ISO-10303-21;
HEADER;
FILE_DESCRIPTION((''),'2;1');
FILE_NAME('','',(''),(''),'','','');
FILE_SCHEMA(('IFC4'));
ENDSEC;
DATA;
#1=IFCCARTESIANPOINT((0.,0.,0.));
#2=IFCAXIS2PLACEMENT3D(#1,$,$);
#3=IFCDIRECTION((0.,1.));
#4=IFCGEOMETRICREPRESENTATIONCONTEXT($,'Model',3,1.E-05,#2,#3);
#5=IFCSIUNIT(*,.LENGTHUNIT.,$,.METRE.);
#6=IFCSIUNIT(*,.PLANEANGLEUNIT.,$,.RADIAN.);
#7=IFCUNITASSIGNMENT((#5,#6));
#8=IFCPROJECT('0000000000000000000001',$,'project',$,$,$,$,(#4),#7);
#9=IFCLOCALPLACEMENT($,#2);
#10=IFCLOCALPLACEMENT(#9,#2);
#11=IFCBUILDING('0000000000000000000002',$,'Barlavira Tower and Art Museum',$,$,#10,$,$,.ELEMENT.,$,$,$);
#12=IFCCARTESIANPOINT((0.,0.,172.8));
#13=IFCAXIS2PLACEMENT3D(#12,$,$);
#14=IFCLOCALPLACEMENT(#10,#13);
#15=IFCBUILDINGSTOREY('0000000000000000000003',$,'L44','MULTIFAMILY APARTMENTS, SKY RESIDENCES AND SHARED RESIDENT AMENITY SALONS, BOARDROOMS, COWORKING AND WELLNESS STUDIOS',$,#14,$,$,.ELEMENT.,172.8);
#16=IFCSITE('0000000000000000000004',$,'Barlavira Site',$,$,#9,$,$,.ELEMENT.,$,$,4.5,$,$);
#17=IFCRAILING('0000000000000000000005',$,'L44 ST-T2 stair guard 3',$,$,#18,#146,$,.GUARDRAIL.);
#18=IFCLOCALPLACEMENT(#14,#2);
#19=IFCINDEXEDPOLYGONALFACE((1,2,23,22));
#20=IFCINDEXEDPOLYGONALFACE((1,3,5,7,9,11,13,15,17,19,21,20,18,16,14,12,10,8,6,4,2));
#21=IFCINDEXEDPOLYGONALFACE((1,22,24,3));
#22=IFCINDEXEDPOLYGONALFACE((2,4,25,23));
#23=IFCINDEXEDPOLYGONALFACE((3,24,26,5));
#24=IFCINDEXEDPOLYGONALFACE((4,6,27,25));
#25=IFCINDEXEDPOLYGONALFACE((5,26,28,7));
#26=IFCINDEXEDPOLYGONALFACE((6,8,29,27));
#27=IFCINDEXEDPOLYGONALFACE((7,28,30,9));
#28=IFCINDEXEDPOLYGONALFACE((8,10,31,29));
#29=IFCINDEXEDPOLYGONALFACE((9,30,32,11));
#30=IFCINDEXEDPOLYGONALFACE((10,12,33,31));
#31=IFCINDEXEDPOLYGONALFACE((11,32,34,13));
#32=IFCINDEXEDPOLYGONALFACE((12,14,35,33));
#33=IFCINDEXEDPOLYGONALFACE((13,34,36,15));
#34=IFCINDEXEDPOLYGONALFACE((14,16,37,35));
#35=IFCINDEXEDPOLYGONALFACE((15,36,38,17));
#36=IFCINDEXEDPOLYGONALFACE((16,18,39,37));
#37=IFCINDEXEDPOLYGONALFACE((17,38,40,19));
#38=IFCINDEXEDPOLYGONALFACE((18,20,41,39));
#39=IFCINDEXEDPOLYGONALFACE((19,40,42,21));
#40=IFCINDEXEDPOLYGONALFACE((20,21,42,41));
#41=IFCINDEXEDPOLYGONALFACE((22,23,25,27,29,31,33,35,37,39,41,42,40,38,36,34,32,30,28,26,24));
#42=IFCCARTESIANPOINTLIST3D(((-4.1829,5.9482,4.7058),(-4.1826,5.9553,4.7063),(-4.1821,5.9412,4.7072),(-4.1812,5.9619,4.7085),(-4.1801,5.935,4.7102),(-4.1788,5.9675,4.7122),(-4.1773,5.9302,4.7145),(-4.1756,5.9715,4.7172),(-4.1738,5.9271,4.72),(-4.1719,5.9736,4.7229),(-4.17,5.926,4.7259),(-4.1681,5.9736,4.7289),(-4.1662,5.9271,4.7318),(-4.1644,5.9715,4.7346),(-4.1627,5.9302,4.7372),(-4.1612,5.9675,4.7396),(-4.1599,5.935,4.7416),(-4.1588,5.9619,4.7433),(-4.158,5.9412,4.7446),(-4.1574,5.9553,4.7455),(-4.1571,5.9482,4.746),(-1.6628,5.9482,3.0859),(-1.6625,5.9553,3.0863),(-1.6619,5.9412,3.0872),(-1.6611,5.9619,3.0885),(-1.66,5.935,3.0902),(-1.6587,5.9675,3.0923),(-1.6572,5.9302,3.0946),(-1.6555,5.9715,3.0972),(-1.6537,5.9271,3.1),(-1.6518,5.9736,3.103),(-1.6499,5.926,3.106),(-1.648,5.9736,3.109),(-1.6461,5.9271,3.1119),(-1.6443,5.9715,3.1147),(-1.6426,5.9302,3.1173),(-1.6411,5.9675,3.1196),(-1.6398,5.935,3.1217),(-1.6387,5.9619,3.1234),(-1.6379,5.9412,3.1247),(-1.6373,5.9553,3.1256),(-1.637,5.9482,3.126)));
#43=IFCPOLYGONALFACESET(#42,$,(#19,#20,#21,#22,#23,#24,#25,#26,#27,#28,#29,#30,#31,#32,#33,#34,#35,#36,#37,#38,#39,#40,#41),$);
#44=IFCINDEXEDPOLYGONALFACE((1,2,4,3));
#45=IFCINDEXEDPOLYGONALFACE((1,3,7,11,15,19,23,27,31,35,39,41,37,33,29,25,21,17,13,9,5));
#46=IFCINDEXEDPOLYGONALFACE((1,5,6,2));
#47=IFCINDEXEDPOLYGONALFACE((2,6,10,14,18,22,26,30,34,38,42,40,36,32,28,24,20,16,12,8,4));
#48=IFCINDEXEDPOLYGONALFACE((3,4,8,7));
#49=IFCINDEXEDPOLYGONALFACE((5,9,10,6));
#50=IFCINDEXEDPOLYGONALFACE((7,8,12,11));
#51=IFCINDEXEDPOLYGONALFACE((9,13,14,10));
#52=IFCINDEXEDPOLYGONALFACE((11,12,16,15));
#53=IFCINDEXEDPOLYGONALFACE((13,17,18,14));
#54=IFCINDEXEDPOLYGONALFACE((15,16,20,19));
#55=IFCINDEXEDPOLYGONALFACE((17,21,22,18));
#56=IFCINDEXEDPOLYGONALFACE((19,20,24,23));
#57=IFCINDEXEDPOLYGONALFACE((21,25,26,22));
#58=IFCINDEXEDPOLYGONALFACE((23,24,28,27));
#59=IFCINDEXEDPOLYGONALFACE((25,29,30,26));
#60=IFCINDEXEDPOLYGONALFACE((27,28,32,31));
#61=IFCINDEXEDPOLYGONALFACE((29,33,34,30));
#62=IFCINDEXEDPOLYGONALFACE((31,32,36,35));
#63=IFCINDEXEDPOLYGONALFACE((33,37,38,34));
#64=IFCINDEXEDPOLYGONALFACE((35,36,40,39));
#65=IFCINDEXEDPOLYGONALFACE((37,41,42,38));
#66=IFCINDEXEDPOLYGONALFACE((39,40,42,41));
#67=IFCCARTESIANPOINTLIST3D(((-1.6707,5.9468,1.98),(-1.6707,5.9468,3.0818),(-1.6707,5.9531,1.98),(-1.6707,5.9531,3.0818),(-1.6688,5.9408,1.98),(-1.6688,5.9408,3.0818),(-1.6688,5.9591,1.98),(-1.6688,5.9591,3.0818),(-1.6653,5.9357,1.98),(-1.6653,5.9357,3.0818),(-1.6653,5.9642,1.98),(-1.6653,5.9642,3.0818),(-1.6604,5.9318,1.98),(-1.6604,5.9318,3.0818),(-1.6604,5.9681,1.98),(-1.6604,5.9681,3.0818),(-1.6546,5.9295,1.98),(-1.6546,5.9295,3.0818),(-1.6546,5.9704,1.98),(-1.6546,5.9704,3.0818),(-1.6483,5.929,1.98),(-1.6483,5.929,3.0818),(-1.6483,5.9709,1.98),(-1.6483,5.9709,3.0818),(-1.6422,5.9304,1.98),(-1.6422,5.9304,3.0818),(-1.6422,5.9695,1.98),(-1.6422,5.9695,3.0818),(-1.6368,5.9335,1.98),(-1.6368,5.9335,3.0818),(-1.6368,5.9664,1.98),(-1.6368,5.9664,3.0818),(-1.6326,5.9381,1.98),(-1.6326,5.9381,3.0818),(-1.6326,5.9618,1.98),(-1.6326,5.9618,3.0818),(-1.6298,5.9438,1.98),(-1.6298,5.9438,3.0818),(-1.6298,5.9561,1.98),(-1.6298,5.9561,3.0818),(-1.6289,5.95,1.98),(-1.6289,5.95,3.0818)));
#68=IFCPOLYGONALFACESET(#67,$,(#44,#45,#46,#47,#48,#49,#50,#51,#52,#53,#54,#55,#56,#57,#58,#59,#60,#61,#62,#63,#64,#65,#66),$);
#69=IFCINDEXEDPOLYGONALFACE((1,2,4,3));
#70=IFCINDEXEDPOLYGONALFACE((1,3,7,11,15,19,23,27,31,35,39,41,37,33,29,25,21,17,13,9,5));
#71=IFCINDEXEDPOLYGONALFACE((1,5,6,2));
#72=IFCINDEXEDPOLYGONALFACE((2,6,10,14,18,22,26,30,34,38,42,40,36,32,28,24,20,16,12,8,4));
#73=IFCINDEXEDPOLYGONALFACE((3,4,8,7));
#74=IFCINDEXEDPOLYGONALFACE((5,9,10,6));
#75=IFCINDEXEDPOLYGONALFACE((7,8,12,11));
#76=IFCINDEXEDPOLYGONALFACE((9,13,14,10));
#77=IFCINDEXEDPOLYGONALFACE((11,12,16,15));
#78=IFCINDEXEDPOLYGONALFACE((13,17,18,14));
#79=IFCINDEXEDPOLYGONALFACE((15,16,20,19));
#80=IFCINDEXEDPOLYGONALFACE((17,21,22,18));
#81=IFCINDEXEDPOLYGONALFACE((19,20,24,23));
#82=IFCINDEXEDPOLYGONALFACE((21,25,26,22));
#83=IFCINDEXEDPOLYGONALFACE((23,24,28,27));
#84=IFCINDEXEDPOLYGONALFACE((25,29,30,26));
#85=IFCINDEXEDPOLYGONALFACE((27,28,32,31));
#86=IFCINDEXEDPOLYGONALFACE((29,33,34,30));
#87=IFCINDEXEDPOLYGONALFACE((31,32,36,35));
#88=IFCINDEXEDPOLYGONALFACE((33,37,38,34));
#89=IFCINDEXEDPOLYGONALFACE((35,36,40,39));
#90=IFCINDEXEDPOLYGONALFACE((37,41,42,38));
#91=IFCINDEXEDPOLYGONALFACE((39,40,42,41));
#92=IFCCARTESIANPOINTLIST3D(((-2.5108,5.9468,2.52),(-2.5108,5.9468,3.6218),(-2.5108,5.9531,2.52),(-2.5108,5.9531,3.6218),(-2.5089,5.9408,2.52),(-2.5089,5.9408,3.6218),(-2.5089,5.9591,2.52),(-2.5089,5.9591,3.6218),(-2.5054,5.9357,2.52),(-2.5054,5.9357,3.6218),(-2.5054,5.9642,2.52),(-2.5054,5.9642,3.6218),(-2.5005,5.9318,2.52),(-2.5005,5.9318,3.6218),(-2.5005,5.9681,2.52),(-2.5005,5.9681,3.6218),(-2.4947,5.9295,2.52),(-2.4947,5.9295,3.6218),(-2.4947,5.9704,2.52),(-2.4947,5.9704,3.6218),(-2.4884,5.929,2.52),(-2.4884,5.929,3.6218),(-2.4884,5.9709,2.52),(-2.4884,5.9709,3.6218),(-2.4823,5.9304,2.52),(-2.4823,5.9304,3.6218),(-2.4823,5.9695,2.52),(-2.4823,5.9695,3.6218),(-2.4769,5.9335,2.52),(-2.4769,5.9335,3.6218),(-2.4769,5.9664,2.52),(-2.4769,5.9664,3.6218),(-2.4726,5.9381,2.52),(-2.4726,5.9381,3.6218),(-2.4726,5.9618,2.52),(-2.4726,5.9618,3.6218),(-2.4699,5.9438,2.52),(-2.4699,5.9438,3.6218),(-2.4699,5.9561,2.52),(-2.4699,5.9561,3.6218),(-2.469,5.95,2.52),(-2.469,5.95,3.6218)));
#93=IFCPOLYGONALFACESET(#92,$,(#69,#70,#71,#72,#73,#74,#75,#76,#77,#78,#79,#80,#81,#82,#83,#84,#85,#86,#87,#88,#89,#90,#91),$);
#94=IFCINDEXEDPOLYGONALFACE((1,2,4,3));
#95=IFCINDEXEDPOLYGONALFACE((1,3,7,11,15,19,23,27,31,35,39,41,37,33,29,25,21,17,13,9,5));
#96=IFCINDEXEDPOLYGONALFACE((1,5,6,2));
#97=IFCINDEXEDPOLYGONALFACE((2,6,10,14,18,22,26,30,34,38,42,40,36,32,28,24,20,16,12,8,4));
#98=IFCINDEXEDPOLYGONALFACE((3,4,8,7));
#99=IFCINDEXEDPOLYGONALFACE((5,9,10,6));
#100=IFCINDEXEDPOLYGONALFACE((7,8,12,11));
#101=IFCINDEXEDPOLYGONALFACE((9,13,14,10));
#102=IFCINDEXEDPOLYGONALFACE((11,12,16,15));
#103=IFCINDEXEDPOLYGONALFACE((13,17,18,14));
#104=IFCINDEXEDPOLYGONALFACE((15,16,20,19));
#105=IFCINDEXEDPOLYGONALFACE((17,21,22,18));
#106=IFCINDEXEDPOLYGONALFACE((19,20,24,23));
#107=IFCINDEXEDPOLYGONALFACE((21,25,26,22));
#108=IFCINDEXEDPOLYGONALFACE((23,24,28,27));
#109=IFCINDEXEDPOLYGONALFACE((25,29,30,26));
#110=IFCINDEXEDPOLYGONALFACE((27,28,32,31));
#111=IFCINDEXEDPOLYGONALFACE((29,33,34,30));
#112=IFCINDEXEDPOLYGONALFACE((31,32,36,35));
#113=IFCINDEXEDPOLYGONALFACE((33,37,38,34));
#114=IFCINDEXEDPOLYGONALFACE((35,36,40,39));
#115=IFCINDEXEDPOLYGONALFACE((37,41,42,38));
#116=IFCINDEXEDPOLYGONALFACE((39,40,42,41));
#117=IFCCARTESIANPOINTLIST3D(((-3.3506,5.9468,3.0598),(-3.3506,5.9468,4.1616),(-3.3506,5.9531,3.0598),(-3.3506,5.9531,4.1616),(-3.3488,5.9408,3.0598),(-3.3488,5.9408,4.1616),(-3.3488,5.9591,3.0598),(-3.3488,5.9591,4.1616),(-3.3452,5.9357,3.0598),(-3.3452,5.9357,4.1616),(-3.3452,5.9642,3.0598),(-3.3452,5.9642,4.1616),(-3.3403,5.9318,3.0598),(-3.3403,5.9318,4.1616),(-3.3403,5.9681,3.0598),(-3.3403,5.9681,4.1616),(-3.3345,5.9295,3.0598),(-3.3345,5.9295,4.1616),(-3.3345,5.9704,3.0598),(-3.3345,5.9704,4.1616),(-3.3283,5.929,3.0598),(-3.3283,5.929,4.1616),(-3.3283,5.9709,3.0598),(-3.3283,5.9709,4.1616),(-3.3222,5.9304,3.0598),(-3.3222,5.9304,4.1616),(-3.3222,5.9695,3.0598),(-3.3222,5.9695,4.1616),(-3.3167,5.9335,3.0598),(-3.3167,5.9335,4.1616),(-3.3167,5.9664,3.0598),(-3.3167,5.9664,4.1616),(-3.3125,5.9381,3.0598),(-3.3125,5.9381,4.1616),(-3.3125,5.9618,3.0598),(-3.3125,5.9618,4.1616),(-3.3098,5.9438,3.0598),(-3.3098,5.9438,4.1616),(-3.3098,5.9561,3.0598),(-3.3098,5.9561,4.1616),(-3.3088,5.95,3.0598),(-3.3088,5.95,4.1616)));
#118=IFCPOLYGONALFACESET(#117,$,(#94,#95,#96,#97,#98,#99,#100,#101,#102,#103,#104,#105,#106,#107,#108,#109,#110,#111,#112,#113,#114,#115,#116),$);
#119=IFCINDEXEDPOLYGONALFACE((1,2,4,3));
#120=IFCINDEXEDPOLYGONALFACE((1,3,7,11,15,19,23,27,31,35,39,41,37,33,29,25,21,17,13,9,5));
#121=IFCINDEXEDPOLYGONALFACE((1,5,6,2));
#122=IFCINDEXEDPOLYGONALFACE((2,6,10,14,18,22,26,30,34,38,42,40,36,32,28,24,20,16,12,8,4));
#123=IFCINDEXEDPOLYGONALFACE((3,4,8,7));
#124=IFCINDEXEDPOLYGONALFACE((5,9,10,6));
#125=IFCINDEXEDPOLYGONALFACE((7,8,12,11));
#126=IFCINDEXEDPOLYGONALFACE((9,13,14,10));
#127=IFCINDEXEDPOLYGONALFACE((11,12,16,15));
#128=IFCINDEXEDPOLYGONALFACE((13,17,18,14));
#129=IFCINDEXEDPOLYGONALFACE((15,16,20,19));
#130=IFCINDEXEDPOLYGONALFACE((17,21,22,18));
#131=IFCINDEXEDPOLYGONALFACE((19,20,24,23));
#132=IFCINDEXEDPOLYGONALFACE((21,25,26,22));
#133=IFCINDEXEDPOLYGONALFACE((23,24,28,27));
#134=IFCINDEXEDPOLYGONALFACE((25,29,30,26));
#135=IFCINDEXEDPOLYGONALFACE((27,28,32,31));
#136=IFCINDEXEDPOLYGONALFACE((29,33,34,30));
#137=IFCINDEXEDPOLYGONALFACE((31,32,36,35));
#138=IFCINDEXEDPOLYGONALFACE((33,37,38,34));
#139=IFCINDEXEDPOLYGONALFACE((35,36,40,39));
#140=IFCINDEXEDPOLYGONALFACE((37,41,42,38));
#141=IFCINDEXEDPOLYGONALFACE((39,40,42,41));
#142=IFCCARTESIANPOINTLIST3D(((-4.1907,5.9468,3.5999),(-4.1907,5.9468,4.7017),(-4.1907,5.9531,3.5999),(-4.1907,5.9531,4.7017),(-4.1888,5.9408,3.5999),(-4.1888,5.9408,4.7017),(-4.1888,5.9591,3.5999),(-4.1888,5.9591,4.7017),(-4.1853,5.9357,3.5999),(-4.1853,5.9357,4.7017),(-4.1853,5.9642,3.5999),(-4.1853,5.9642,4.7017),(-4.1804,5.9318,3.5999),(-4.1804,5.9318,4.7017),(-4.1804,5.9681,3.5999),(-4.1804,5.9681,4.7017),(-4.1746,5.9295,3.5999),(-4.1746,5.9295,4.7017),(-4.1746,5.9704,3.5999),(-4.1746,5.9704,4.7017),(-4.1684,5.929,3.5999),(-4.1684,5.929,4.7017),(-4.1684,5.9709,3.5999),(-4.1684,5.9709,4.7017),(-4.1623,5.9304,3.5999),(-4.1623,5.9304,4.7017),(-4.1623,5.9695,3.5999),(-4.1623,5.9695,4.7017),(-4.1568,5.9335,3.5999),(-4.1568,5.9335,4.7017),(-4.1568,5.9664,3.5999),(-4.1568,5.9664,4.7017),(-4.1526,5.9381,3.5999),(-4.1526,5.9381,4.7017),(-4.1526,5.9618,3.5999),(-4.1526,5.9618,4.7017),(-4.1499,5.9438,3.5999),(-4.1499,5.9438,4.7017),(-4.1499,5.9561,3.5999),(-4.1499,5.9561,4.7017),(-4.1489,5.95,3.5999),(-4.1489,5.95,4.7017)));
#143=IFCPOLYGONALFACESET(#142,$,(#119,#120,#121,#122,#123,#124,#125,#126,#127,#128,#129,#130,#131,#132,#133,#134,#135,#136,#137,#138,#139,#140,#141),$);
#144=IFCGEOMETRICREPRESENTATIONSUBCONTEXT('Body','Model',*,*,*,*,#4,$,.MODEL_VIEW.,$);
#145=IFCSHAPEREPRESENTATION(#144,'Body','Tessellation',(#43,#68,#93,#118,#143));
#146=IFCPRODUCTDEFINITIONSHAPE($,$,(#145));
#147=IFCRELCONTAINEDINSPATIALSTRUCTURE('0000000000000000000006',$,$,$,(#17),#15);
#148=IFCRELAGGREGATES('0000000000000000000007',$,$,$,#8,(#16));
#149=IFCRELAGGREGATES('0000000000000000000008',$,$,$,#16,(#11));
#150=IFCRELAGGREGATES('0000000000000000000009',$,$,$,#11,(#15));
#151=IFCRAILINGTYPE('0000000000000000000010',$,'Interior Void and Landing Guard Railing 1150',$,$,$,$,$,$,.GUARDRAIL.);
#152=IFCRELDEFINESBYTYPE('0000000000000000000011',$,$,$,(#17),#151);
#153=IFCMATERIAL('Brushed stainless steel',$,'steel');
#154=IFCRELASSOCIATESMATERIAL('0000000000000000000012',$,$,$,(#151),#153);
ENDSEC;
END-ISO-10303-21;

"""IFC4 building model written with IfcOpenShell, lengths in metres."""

from ifc_helpers import new_model, si_unit, direction, frame, origin, origin_2d, place, context, subcontext, project, spatial, circle, extrude, material, type_object, element, save


model = new_model("IFC4")

# Units and contexts
model_context = context("Model", 3, precision=1e-05, world=origin(), true_north=direction((0.0, 1.0)))
body_context = subcontext(model_context, "Body", "Model", "MODEL_VIEW")
ifc_project = project(units=[si_unit("LENGTHUNIT", "METRE"), si_unit("PLANEANGLEUNIT", "RADIAN")], contexts=[model_context])

# Site, building, storey
site_placement = place(None, origin())
site = spatial("IfcSite", under=ifc_project, at=site_placement, Name="Barlavira Site", CompositionType="ELEMENT", RefElevation=4.5)
building_placement = place(site_placement, origin())
building = spatial("IfcBuilding", under=site, at=building_placement, Name="Barlavira Tower and Art Museum", CompositionType="ELEMENT")
storey_placement = place(building_placement, frame((0.0, 0.0, 172.8)))
storey = spatial("IfcBuildingStorey", under=building, at=storey_placement, Name="L44", Description="MULTIFAMILY APARTMENTS, SKY RESIDENCES AND SHARED RESIDENT AMENITY SALONS, BOARDROOMS, COWORKING AND WELLNESS STUDIOS", CompositionType="ELEMENT", Elevation=172.8)

# Shared definitions
ifc_material_1 = material(Name="Brushed stainless steel", Category="steel")

# Railing
railing_type_1 = type_object("IfcRailingType", Name="Interior Void and Landing Guard Railing 1150", PredefinedType="GUARDRAIL", material=ifc_material_1)
railing_1_placement = place(storey_placement, frame((-1.6499, 5.95, 1.98)))
element("IfcRailing", 1, at=railing_1_placement, inside=storey, type_object=railing_type_1, Name="L44 ST-T2 stair guard 3", PredefinedType="GUARDRAIL", context=body_context, shape_type="SweptSolid", body=[
    extrude(circle(Radius=0.0239, at=origin_2d()), frame((0.0, 0.0, 1.126), z_axis=(-0.8412, 0.0, 0.540725), x_axis=(0.0, -1.0, 0.0)), (0.0, 0.0, 1.0), 2.9958),
    extrude(circle(Radius=0.021, at=origin_2d()), origin(), (0.0, 0.0, 1.0), 1.1018),
    extrude(circle(Radius=0.021, at=origin_2d()), frame((-0.8401, 0.0, 0.54)), (0.0, 0.0, 1.0), 1.1018),
    extrude(circle(Radius=0.021, at=origin_2d()), frame((-1.6799, 0.0, 1.0798)), (0.0, 0.0, 1.0), 1.1018),
    extrude(circle(Radius=0.021, at=origin_2d()), frame((-2.52, 0.0, 1.6199)), (0.0, 0.0, 1.0), 1.1018),
])

save(model, "model.ifc")
